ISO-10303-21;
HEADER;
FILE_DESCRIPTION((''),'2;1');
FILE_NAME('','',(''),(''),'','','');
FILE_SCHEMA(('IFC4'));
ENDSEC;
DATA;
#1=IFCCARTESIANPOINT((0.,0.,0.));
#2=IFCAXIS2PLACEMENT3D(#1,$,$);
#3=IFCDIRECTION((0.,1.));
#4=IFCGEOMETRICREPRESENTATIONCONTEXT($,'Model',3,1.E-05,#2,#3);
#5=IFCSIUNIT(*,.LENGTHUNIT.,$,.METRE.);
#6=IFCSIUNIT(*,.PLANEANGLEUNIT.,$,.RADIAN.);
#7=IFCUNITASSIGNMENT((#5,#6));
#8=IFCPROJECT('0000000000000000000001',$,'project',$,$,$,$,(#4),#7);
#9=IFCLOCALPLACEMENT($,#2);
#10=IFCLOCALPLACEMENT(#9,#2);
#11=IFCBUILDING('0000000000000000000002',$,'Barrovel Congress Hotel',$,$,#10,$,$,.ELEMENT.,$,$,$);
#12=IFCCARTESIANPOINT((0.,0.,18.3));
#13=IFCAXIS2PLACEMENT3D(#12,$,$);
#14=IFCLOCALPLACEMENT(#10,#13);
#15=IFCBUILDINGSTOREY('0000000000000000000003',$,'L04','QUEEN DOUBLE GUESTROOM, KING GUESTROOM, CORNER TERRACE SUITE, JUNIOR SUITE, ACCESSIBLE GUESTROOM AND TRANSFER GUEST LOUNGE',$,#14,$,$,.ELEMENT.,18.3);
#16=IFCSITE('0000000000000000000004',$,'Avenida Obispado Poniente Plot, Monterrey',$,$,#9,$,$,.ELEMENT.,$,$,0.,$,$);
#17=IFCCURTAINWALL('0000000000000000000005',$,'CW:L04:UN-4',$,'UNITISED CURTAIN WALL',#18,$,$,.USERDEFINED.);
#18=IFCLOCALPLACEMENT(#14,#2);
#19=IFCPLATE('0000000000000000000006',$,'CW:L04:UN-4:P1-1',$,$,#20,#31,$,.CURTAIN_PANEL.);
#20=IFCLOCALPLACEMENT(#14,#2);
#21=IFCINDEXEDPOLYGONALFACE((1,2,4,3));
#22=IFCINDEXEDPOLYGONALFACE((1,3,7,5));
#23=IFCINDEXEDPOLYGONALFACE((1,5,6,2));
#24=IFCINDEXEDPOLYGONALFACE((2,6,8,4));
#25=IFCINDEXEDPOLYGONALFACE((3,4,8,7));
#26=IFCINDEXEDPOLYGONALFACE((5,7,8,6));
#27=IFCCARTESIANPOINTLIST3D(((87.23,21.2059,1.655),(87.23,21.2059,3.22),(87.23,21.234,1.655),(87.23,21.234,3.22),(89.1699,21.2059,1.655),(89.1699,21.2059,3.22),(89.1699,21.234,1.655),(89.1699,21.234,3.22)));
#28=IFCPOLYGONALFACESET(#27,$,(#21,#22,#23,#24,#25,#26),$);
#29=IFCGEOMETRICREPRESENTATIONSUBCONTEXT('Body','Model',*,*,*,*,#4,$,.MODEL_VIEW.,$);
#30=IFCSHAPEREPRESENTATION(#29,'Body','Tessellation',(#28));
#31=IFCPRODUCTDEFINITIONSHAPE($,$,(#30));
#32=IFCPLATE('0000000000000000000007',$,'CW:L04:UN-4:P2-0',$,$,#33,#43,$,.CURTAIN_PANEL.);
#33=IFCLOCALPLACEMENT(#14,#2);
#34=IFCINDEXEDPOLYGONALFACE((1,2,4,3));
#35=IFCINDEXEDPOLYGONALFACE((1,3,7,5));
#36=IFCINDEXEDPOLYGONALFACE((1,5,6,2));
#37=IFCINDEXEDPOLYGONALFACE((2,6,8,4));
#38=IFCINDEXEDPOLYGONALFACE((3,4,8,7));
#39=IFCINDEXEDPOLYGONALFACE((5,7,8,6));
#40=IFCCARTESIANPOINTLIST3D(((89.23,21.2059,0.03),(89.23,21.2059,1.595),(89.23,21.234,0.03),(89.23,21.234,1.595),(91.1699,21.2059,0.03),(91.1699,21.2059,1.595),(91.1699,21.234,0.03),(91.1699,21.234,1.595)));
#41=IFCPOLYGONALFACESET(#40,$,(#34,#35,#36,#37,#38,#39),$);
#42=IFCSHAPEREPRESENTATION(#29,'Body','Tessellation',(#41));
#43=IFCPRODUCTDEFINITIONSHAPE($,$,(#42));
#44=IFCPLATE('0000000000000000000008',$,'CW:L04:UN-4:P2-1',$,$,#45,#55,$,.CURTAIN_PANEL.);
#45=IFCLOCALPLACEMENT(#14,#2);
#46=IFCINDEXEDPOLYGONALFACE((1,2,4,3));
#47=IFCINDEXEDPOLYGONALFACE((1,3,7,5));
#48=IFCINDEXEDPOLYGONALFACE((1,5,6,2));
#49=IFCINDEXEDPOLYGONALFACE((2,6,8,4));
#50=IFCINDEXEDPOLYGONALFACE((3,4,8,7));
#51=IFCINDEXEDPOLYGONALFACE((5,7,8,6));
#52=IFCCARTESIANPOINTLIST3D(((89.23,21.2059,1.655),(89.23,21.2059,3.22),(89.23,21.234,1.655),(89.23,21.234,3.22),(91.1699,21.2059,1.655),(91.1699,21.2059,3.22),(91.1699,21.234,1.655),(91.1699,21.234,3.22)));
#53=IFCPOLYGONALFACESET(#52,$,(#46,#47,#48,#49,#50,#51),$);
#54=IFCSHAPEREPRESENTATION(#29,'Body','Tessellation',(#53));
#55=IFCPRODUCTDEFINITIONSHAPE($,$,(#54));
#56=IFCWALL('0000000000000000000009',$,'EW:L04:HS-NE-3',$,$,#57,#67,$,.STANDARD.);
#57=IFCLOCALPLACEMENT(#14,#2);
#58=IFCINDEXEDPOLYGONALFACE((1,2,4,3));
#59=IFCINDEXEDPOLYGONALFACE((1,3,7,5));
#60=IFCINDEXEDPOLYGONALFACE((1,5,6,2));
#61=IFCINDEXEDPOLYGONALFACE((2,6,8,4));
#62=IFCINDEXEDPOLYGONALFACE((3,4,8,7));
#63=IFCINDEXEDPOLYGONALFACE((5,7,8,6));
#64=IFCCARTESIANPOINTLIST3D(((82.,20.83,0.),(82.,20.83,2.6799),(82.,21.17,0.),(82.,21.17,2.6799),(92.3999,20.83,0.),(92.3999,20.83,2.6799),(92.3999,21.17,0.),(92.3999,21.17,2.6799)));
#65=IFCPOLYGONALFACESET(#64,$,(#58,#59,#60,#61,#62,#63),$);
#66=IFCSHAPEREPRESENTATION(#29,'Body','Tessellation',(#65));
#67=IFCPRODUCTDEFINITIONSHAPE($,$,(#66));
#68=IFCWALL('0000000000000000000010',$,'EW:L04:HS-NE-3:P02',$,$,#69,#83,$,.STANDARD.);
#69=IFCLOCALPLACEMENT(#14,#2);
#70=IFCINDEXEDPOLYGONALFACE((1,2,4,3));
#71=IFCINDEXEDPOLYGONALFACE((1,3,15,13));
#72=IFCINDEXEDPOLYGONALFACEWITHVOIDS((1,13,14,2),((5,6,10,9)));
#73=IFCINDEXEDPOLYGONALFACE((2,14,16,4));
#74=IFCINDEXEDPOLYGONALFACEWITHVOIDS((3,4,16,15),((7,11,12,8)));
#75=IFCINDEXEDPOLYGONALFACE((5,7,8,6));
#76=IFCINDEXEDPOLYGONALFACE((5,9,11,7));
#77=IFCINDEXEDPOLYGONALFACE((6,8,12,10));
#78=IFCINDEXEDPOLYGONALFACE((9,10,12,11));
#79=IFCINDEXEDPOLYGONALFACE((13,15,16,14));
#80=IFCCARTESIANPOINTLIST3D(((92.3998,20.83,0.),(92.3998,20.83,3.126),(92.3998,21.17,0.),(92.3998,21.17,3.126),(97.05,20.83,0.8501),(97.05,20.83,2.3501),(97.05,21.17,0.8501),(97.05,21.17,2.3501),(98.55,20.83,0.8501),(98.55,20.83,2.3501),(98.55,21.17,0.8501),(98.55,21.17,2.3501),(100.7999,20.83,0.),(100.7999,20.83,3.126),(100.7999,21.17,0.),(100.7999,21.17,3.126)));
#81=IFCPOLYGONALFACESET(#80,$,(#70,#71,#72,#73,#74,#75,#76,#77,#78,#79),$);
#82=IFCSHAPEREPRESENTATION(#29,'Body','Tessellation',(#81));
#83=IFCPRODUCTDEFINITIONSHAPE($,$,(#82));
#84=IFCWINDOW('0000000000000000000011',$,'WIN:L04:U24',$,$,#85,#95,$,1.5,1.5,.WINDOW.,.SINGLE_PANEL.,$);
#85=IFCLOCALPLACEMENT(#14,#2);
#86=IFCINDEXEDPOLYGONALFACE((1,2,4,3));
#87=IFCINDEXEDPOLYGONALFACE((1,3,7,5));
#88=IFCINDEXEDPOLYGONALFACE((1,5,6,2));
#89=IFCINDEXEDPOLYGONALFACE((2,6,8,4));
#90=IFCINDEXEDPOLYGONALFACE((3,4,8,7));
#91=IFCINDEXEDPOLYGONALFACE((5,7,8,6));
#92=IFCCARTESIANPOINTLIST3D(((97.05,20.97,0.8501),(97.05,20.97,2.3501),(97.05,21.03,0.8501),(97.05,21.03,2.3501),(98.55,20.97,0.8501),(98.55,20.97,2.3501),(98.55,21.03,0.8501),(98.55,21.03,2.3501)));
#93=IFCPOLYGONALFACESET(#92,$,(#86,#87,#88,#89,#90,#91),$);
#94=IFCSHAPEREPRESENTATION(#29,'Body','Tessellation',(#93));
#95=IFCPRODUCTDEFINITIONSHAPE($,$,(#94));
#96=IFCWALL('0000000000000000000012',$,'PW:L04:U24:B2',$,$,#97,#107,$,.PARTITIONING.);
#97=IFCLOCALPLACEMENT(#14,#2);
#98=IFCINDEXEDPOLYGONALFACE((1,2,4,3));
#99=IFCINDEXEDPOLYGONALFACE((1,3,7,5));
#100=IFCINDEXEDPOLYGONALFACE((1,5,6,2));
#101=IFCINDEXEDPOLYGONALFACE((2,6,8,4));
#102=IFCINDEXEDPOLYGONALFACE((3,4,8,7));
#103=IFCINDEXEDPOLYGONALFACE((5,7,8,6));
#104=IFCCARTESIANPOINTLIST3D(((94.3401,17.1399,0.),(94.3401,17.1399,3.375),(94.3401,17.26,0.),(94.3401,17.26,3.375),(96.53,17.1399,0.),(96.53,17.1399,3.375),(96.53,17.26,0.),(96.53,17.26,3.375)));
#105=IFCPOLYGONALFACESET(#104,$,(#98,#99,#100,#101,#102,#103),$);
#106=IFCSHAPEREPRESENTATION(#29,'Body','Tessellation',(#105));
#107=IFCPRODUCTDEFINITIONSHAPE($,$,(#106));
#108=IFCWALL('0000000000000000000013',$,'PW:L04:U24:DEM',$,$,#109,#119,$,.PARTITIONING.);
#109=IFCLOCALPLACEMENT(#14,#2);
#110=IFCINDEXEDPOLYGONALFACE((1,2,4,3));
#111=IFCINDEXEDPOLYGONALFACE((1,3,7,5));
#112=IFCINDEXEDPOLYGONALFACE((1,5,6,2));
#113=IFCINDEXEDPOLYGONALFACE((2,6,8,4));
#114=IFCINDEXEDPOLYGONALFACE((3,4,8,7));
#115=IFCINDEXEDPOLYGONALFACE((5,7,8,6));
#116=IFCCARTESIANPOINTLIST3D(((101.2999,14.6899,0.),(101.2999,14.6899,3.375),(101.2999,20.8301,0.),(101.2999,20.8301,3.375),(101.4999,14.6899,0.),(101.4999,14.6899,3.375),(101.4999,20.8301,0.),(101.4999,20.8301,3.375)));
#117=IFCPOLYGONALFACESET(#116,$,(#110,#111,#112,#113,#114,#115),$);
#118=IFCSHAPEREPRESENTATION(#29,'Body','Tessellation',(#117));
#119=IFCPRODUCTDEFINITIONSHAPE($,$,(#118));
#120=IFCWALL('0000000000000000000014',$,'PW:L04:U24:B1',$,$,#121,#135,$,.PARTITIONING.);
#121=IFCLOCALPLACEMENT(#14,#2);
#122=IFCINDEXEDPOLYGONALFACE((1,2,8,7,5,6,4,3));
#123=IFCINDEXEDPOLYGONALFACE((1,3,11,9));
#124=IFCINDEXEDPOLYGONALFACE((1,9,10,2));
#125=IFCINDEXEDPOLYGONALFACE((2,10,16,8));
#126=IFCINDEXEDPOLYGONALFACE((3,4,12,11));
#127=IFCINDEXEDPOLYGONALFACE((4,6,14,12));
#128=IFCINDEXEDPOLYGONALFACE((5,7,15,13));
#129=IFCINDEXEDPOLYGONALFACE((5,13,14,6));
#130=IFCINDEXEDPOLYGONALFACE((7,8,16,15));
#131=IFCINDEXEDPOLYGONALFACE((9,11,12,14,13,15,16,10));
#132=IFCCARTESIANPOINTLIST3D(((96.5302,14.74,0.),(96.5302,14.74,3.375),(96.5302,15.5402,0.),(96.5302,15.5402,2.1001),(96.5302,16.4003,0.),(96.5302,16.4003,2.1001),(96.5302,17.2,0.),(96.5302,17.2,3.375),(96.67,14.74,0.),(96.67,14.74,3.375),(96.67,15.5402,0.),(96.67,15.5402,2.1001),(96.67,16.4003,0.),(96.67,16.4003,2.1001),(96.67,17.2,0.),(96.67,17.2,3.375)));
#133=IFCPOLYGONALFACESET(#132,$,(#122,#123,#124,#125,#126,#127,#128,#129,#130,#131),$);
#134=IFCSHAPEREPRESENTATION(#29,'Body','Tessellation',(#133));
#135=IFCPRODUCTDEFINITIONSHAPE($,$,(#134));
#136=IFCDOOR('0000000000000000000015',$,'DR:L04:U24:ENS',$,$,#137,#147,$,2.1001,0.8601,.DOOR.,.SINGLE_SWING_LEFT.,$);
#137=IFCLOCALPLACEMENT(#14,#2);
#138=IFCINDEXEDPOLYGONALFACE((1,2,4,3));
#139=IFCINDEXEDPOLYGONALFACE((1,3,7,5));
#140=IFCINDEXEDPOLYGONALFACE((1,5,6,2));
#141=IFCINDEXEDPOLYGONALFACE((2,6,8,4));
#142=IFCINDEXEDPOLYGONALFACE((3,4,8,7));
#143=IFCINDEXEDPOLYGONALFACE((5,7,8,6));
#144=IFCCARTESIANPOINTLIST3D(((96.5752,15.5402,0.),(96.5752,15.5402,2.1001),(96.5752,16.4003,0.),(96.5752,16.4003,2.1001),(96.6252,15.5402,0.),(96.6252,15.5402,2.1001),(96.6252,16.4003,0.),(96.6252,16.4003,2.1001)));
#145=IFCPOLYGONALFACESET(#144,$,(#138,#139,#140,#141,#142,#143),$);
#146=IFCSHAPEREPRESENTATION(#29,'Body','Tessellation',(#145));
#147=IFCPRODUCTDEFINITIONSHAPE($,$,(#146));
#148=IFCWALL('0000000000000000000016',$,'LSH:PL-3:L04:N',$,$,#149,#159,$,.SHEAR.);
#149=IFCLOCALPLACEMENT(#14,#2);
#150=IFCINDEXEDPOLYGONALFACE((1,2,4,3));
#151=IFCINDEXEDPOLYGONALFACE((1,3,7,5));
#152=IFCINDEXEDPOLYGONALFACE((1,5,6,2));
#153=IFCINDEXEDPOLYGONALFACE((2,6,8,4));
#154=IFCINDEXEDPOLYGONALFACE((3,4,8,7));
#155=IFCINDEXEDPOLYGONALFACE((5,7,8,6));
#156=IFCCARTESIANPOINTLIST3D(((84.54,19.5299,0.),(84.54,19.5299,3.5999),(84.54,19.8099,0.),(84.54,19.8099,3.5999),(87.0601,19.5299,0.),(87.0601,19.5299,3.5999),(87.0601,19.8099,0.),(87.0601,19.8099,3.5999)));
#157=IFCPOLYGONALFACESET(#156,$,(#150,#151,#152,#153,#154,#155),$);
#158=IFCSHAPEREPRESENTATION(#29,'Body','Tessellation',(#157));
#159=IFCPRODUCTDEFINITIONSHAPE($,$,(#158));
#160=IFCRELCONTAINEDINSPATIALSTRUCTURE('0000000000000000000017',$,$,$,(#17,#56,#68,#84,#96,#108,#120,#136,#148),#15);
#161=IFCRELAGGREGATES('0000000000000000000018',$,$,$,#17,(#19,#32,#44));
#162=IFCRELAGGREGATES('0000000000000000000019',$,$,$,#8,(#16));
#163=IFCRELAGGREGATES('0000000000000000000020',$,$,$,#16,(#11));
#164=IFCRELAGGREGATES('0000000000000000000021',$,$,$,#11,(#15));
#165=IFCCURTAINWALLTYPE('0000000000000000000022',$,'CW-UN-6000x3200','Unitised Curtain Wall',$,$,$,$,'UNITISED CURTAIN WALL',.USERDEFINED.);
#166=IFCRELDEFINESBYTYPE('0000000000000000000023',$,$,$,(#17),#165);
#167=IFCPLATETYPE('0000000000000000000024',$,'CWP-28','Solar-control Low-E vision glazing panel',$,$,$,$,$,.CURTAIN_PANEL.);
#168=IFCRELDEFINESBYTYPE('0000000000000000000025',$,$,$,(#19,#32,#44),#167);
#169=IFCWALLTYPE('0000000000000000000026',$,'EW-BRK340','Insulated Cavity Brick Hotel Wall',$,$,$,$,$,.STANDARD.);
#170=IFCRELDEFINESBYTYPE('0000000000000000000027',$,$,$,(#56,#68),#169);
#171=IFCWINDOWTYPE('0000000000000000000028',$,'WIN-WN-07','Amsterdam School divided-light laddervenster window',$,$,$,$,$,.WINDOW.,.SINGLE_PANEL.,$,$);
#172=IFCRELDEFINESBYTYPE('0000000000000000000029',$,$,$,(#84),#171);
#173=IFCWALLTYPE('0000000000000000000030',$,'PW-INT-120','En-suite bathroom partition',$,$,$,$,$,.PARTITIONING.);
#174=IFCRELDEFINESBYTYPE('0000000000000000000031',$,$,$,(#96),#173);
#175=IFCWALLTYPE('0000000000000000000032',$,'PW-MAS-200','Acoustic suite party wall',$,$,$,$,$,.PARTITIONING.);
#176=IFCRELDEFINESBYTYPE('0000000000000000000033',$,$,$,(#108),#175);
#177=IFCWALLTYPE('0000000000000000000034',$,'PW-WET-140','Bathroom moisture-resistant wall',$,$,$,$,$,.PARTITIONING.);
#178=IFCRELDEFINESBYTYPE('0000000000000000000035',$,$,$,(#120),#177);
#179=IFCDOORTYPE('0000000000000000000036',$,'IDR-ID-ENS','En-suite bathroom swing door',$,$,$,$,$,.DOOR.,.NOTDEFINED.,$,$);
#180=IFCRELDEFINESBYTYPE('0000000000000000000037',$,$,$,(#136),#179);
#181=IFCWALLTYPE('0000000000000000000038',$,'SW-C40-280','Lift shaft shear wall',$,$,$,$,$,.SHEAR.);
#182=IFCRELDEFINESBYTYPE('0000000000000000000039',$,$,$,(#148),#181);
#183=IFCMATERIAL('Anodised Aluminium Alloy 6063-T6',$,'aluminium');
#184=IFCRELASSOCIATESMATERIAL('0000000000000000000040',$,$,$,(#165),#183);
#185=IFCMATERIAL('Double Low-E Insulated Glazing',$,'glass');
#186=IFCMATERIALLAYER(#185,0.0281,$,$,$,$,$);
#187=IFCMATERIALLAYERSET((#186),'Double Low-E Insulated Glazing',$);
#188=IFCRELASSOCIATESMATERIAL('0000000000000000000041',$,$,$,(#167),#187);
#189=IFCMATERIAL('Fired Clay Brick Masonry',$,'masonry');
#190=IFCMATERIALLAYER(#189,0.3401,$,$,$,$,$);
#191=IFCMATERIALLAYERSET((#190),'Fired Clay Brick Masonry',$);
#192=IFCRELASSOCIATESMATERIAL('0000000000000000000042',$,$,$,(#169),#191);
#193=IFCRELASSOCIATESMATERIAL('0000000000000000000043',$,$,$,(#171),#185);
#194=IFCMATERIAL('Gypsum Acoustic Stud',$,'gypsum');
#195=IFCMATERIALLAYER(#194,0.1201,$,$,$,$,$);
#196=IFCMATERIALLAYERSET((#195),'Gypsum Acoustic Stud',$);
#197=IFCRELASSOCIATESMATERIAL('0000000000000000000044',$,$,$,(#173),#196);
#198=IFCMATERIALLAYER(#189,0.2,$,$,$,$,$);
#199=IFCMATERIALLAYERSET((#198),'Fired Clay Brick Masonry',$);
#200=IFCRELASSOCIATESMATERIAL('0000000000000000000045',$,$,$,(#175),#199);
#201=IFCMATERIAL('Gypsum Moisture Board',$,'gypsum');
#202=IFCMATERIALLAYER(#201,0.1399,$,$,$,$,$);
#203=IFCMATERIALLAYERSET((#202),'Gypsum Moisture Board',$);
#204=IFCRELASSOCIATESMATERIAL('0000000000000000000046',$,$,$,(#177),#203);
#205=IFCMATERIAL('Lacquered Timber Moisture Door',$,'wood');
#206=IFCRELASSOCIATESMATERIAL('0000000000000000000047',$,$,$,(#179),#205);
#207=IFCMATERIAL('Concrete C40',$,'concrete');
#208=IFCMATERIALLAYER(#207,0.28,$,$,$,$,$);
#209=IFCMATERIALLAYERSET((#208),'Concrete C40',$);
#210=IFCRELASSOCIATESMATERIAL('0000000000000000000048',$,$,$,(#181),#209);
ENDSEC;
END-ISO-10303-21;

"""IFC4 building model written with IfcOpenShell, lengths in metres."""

from ifc_helpers import new_model, si_unit, direction, frame, frame_2d, origin, origin_2d, place, context, subcontext, project, spatial, rectangle, extrude, material, layer, layer_set, type_object, element, fill, aggregate, save


model = new_model("IFC4")

# Units and contexts
model_context = context("Model", 3, precision=1e-05, world=origin(), true_north=direction((0.0, 1.0)))
body_context = subcontext(model_context, "Body", "Model", "MODEL_VIEW")
ifc_project = project(units=[si_unit("LENGTHUNIT", "METRE"), si_unit("PLANEANGLEUNIT", "RADIAN")], contexts=[model_context])

# Site, building, storey
site_placement = place(None, origin())
site = spatial("IfcSite", under=ifc_project, at=site_placement, Name="Avenida Obispado Poniente Plot, Monterrey", CompositionType="ELEMENT", RefElevation=0.0)
building_placement = place(site_placement, origin())
building = spatial("IfcBuilding", under=site, at=building_placement, Name="Barrovel Congress Hotel", CompositionType="ELEMENT")
storey_placement = place(building_placement, frame((0.0, 0.0, 18.3)))
storey = spatial("IfcBuildingStorey", under=building, at=storey_placement, Name="L04", Description="QUEEN DOUBLE GUESTROOM, KING GUESTROOM, CORNER TERRACE SUITE, JUNIOR SUITE, ACCESSIBLE GUESTROOM AND TRANSFER GUEST LOUNGE", CompositionType="ELEMENT", Elevation=18.3)

# Shared definitions
ifc_material_1 = material(Name="Concrete C40", Category="concrete")

# Curtain wall, plates
ifc_material_2 = material(Name="Anodised Aluminium Alloy 6063-T6", Category="aluminium")
curtain_wall_type = type_object("IfcCurtainWallType", Name="CW-UN-6000x3200", Description="Unitised Curtain Wall", ElementType="UNITISED CURTAIN WALL", PredefinedType="USERDEFINED", material=ifc_material_2)
curtain_wall_placement = place(storey_placement, origin())
curtain_wall = element("IfcCurtainWall", 1, at=curtain_wall_placement, inside=storey, type_object=curtain_wall_type, Name="CW:L04:UN-4", ObjectType="UNITISED CURTAIN WALL", PredefinedType="USERDEFINED")
ifc_material_3 = material(Name="Double Low-E Insulated Glazing", Category="glass")
ifc_layer_1 = layer(ifc_material_3, 0.0281)
ifc_layer_set_1 = layer_set([ifc_layer_1], Name="Double Low-E Insulated Glazing")
plate_type = type_object("IfcPlateType", Name="CWP-28", Description="Solar-control Low-E vision glazing panel", PredefinedType="CURTAIN_PANEL", material=ifc_layer_set_1)
plate_1_placement = place(storey_placement, frame((88.2, 21.22, 1.655), z_axis=(0.0, 0.0, 1.0), x_axis=(1.0, 0.0, 0.0)))
plate_1 = element("IfcPlate", 2, at=plate_1_placement, type_object=plate_type, Name="CW:L04:UN-4:P1-1", PredefinedType="CURTAIN_PANEL", context=body_context, shape_type="SweptSolid", body=[
    extrude(rectangle(XDim=1.9399, YDim=0.0281, at=origin_2d()), origin(), (0.0, 0.0, 1.0), 1.5649),
])
plate_2_placement = place(storey_placement, frame((90.2, 21.22, 0.03), z_axis=(0.0, 0.0, 1.0), x_axis=(1.0, 0.0, 0.0)))
plate_2 = element("IfcPlate", 3, at=plate_2_placement, type_object=plate_type, Name="CW:L04:UN-4:P2-0", PredefinedType="CURTAIN_PANEL", context=body_context, shape_type="SweptSolid", body=[
    extrude(rectangle(XDim=1.9399, YDim=0.0281, at=origin_2d()), origin(), (0.0, 0.0, 1.0), 1.5649),
])
plate_3_placement = place(storey_placement, frame((90.2, 21.22, 1.655), z_axis=(0.0, 0.0, 1.0), x_axis=(1.0, 0.0, 0.0)))
plate_3 = element("IfcPlate", 4, at=plate_3_placement, type_object=plate_type, Name="CW:L04:UN-4:P2-1", PredefinedType="CURTAIN_PANEL", context=body_context, shape_type="SweptSolid", body=[
    extrude(rectangle(XDim=1.9399, YDim=0.0281, at=origin_2d()), origin(), (0.0, 0.0, 1.0), 1.5649),
])
aggregate(curtain_wall, [plate_1, plate_2, plate_3])

# Wall
ifc_material_4 = material(Name="Fired Clay Brick Masonry", Category="masonry")
ifc_layer_2 = layer(ifc_material_4, 0.3401)
ifc_layer_set_2 = layer_set([ifc_layer_2], Name="Fired Clay Brick Masonry")
wall_type_1 = type_object("IfcWallType", Name="EW-BRK340", Description="Insulated Cavity Brick Hotel Wall", PredefinedType="STANDARD", material=ifc_layer_set_2)
wall_1_placement = place(storey_placement, frame((92.3999, 21.0, 0.0), z_axis=(0.0, 0.0, 1.0), x_axis=(-1.0, 0.0, 0.0)))
element("IfcWall", 5, at=wall_1_placement, inside=storey, type_object=wall_type_1, Name="EW:L04:HS-NE-3", PredefinedType="STANDARD", context=body_context, shape_type="SweptSolid", body=[
    extrude(rectangle(XDim=10.3999, YDim=0.3401, at=frame_2d((5.2, 0.0))), origin(), (0.0, 0.0, 1.0), 2.6799),
])

# Wall, opening, window
wall_2_placement = place(storey_placement, frame((100.8, 21.0, 0.0), z_axis=(0.0, 0.0, 1.0), x_axis=(-1.0, 0.0, 0.0)))
wall_2 = element("IfcWall", 6, at=wall_2_placement, inside=storey, type_object=wall_type_1, Name="EW:L04:HS-NE-3:P02", PredefinedType="STANDARD", context=body_context, shape_type="SweptSolid", body=[
    extrude(rectangle(XDim=8.4001, YDim=0.3401, at=frame_2d((4.2002, 0.0))), origin(), (0.0, 0.0, 1.0), 3.126),
])
opening_1_placement = place(wall_2_placement, frame((2.25, 0.0, 0.8501)))
opening_1 = element("IfcOpeningElement", 7, at=opening_1_placement, cuts=wall_2, PredefinedType="OPENING", context=body_context, shape_type="SweptSolid", body=[
    extrude(rectangle(XDim=1.5, YDim=1.5, at=frame_2d((0.75, 0.75))), frame((0.0, 0.1802, 0.0), z_axis=(0.0, -1.0, 0.0), x_axis=(1.0, 0.0, 0.0)), (0.0, 0.0, 1.0), 0.3601),
])
window_type = type_object("IfcWindowType", Name="WIN-WN-07", Description="Amsterdam School divided-light laddervenster window", PartitioningType="SINGLE_PANEL", PredefinedType="WINDOW", material=ifc_material_3)
window_placement = place(opening_1_placement, origin())
window = element("IfcWindow", 8, at=window_placement, inside=storey, type_object=window_type, Name="WIN:L04:U24", OverallHeight=1.5, OverallWidth=1.5, PartitioningType="SINGLE_PANEL", PredefinedType="WINDOW", context=body_context, shape_type="SweptSolid", body=[
    extrude(rectangle(XDim=1.5, YDim=1.5, at=frame_2d((0.75, 0.75))), frame((0.0, 0.03, 0.0), z_axis=(0.0, -1.0, 0.0), x_axis=(1.0, 0.0, 0.0)), (0.0, 0.0, 1.0), 0.0601),
])
fill(opening_1, window)

# Walls
ifc_material_5 = material(Name="Gypsum Acoustic Stud", Category="gypsum")
ifc_layer_3 = layer(ifc_material_5, 0.1201)
ifc_layer_set_3 = layer_set([ifc_layer_3], Name="Gypsum Acoustic Stud")
wall_type_2 = type_object("IfcWallType", Name="PW-INT-120", Description="En-suite bathroom partition", PredefinedType="PARTITIONING", material=ifc_layer_set_3)
wall_3_placement = place(storey_placement, frame((94.3401, 17.2, 0.0), z_axis=(0.0, 0.0, 1.0), x_axis=(1.0, 0.0, 0.0)))
element("IfcWall", 9, at=wall_3_placement, inside=storey, type_object=wall_type_2, Name="PW:L04:U24:B2", PredefinedType="PARTITIONING", context=body_context, shape_type="SweptSolid", body=[
    extrude(rectangle(XDim=2.1899, YDim=0.1201, at=frame_2d((1.095, 0.0))), origin(), (0.0, 0.0, 1.0), 3.375),
])
ifc_layer_4 = layer(ifc_material_4, 0.2)
ifc_layer_set_4 = layer_set([ifc_layer_4], Name="Fired Clay Brick Masonry")
wall_type_3 = type_object("IfcWallType", Name="PW-MAS-200", Description="Acoustic suite party wall", PredefinedType="PARTITIONING", material=ifc_layer_set_4)
wall_4_placement = place(storey_placement, frame((101.3999, 14.6899, 0.0), z_axis=(0.0, 0.0, 1.0), x_axis=(0.0, 1.0, 0.0)))
element("IfcWall", 10, at=wall_4_placement, inside=storey, type_object=wall_type_3, Name="PW:L04:U24:DEM", PredefinedType="PARTITIONING", context=body_context, shape_type="SweptSolid", body=[
    extrude(rectangle(XDim=6.1401, YDim=0.2, at=frame_2d((3.0701, 0.0))), origin(), (0.0, 0.0, 1.0), 3.375),
])

# Wall, opening, door
ifc_material_6 = material(Name="Gypsum Moisture Board", Category="gypsum")
ifc_layer_5 = layer(ifc_material_6, 0.1399)
ifc_layer_set_5 = layer_set([ifc_layer_5], Name="Gypsum Moisture Board")
wall_type_4 = type_object("IfcWallType", Name="PW-WET-140", Description="Bathroom moisture-resistant wall", PredefinedType="PARTITIONING", material=ifc_layer_set_5)
wall_5_placement = place(storey_placement, frame((96.6001, 14.74, 0.0), z_axis=(0.0, 0.0, 1.0), x_axis=(0.0, 1.0, 0.0)))
wall_5 = element("IfcWall", 11, at=wall_5_placement, inside=storey, type_object=wall_type_4, Name="PW:L04:U24:B1", PredefinedType="PARTITIONING", context=body_context, shape_type="SweptSolid", body=[
    extrude(rectangle(XDim=2.46, YDim=0.1399, at=frame_2d((1.23, 0.0))), origin(), (0.0, 0.0, 1.0), 3.375),
])
opening_2_placement = place(wall_5_placement, frame((0.8, 0.0, 0.0)))
opening_2 = element("IfcOpeningElement", 12, at=opening_2_placement, cuts=wall_5, PredefinedType="OPENING", context=body_context, shape_type="SweptSolid", body=[
    extrude(rectangle(XDim=0.8601, YDim=2.1001, at=frame_2d((0.4302, 1.05))), frame((0.0, 0.0801, 0.0), z_axis=(0.0, -1.0, 0.0), x_axis=(1.0, 0.0, 0.0)), (0.0, 0.0, 1.0), 0.1599),
])
ifc_material_7 = material(Name="Lacquered Timber Moisture Door", Category="wood")
door_type_1 = type_object("IfcDoorType", Name="IDR-ID-ENS", Description="En-suite bathroom swing door", OperationType="NOTDEFINED", PredefinedType="DOOR", material=ifc_material_7)
door_1_placement = place(opening_2_placement, origin())
door_1 = element("IfcDoor", 13, at=door_1_placement, inside=storey, type_object=door_type_1, Name="DR:L04:U24:ENS", OperationType="SINGLE_SWING_LEFT", OverallHeight=2.1001, OverallWidth=0.8601, PredefinedType="DOOR", context=body_context, shape_type="SweptSolid", body=[
    extrude(rectangle(XDim=0.8601, YDim=2.1001, at=frame_2d((0.4302, 1.05))), frame((0.0, 0.0249, 0.0), z_axis=(0.0, -1.0, 0.0), x_axis=(1.0, 0.0, 0.0)), (0.0, 0.0, 1.0), 0.05),
])
fill(opening_2, door_1)

# Wall
ifc_layer_6 = layer(ifc_material_1, 0.28)
ifc_layer_set_6 = layer_set([ifc_layer_6], Name="Concrete C40")
wall_type_5 = type_object("IfcWallType", Name="SW-C40-280", Description="Lift shaft shear wall", PredefinedType="SHEAR", material=ifc_layer_set_6)
wall_6_placement = place(storey_placement, frame((87.0601, 19.6699, 0.0), z_axis=(0.0, 0.0, 1.0), x_axis=(-1.0, 0.0, 0.0)))
element("IfcWall", 14, at=wall_6_placement, inside=storey, type_object=wall_type_5, Name="LSH:PL-3:L04:N", PredefinedType="SHEAR", context=body_context, shape_type="SweptSolid", body=[
    extrude(rectangle(XDim=2.52, YDim=0.28, at=frame_2d((1.26, 0.0))), origin(), (0.0, 0.0, 1.0), 3.5999),
])

save(model, "model.ifc")
